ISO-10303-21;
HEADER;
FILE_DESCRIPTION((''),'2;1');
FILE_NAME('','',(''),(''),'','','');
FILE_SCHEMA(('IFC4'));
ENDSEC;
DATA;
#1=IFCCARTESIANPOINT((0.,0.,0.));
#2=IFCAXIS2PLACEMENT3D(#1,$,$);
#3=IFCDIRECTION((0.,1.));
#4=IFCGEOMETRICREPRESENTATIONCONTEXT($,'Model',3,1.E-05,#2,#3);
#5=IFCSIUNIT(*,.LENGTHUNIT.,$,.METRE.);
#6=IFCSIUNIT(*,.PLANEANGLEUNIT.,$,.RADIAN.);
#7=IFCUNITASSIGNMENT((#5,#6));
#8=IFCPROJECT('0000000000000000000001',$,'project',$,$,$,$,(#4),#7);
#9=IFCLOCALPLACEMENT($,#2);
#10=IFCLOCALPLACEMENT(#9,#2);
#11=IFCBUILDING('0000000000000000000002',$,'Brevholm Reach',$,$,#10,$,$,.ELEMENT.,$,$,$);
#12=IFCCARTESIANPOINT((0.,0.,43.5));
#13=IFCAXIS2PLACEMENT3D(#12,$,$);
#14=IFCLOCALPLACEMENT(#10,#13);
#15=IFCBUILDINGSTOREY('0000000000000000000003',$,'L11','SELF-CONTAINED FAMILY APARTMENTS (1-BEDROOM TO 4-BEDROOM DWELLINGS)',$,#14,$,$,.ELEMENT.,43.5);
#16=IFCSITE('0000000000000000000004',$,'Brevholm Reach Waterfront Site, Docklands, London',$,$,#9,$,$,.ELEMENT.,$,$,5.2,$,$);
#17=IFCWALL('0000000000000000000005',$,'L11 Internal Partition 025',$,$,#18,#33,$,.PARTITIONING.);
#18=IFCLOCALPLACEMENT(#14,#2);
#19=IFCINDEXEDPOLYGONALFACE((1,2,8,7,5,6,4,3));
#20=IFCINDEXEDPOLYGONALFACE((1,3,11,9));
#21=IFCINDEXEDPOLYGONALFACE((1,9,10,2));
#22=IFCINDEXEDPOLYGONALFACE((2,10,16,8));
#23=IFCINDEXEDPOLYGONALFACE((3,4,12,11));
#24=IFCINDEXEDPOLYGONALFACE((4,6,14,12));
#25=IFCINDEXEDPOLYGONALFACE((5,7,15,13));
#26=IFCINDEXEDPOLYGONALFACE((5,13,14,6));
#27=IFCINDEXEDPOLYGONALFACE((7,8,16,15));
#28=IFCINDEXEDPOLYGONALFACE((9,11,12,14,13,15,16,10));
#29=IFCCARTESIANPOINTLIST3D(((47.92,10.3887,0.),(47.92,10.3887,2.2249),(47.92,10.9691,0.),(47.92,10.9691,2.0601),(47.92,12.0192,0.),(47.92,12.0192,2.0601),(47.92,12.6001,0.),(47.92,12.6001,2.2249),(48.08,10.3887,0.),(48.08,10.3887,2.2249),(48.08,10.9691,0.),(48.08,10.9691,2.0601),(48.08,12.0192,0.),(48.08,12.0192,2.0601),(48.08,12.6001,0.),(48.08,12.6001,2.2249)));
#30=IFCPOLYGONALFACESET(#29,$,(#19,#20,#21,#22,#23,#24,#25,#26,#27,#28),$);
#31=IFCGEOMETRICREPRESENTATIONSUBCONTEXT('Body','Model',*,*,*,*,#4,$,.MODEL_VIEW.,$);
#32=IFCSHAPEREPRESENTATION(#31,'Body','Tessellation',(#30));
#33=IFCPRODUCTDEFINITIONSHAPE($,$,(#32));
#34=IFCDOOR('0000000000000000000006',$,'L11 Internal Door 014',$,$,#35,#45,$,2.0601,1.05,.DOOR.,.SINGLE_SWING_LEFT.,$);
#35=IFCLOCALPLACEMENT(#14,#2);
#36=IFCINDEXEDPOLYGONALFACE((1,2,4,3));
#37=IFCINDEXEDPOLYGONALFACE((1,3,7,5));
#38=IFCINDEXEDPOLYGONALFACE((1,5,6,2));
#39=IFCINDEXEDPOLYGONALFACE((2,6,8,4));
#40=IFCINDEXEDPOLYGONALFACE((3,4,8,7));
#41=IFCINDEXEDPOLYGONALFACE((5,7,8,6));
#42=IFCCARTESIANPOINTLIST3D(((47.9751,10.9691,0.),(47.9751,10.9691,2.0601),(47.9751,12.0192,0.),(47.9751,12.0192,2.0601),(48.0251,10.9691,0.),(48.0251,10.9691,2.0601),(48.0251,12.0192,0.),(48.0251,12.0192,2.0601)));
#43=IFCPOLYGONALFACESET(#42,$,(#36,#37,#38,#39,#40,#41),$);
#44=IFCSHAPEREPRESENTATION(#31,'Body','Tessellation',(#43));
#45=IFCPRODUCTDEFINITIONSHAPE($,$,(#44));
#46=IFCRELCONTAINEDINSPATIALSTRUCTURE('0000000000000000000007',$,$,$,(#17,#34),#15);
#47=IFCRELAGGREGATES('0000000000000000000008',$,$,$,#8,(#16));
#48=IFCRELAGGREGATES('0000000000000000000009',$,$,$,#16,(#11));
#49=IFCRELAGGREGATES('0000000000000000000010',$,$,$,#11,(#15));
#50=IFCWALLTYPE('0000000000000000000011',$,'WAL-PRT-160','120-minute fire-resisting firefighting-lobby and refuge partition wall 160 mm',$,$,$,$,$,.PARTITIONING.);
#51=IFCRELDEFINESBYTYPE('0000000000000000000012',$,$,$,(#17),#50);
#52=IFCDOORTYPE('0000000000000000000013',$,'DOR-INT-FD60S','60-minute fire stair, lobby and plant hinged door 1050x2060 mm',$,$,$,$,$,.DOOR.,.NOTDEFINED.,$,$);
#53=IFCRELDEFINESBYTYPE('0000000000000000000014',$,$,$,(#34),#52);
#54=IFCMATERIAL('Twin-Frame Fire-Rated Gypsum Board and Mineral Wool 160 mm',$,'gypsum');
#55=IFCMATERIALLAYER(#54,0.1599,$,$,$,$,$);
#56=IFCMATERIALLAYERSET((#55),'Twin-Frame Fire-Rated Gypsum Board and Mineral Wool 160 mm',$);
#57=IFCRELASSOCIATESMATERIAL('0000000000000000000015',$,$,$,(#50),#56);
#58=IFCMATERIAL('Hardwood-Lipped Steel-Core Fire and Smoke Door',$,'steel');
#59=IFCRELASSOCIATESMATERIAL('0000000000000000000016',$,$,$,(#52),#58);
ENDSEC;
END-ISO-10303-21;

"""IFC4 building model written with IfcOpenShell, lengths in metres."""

from ifc_helpers import new_model, si_unit, direction, frame, frame_2d, origin, place, context, subcontext, project, spatial, rectangle, extrude, material, layer, layer_set, type_object, element, fill, save


model = new_model("IFC4")

# Units and contexts
model_context = context("Model", 3, precision=1e-05, world=origin(), true_north=direction((0.0, 1.0)))
body_context = subcontext(model_context, "Body", "Model", "MODEL_VIEW")
ifc_project = project(units=[si_unit("LENGTHUNIT", "METRE"), si_unit("PLANEANGLEUNIT", "RADIAN")], contexts=[model_context])

# Site, building, storey
site_placement = place(None, origin())
site = spatial("IfcSite", under=ifc_project, at=site_placement, Name="Brevholm Reach Waterfront Site, Docklands, London", CompositionType="ELEMENT", RefElevation=5.2)
building_placement = place(site_placement, origin())
building = spatial("IfcBuilding", under=site, at=building_placement, Name="Brevholm Reach", CompositionType="ELEMENT")
storey_placement = place(building_placement, frame((0.0, 0.0, 43.5)))
storey = spatial("IfcBuildingStorey", under=building, at=storey_placement, Name="L11", Description="SELF-CONTAINED FAMILY APARTMENTS (1-BEDROOM TO 4-BEDROOM DWELLINGS)", CompositionType="ELEMENT", Elevation=43.5)

# Wall, opening, door
ifc_material_1 = material(Name="Twin-Frame Fire-Rated Gypsum Board and Mineral Wool 160 mm", Category="gypsum")
ifc_layer_1 = layer(ifc_material_1, 0.1599)
ifc_layer_set_1 = layer_set([ifc_layer_1], Name="Twin-Frame Fire-Rated Gypsum Board and Mineral Wool 160 mm")
wall_type_1 = type_object("IfcWallType", Name="WAL-PRT-160", Description="120-minute fire-resisting firefighting-lobby and refuge partition wall 160 mm", PredefinedType="PARTITIONING", material=ifc_layer_set_1)
wall_1_placement = place(storey_placement, frame((48.0, 10.3887, 0.0), z_axis=(0.0, 0.0, 1.0), x_axis=(0.0, 1.0, 0.0)))
wall_1 = element("IfcWall", 1, at=wall_1_placement, inside=storey, type_object=wall_type_1, Name="L11 Internal Partition 025", PredefinedType="PARTITIONING", context=body_context, shape_type="SweptSolid", body=[
    extrude(rectangle(XDim=2.2114, YDim=0.1599, at=frame_2d((1.1057, 0.0))), origin(), (0.0, 0.0, 1.0), 2.2249),
])
opening_1_placement = place(wall_1_placement, frame((0.5806, 0.0, 0.0)))
opening_1 = element("IfcOpeningElement", 2, at=opening_1_placement, cuts=wall_1, PredefinedType="OPENING", context=body_context, shape_type="SweptSolid", body=[
    extrude(rectangle(XDim=1.05, YDim=2.0601, at=frame_2d((0.5249, 1.03))), frame((0.0, 0.0898, 0.0), z_axis=(0.0, -1.0, 0.0), x_axis=(1.0, 0.0, 0.0)), (0.0, 0.0, 1.0), 0.1799),
])
ifc_material_2 = material(Name="Hardwood-Lipped Steel-Core Fire and Smoke Door", Category="steel")
door_type_1 = type_object("IfcDoorType", Name="DOR-INT-FD60S", Description="60-minute fire stair, lobby and plant hinged door 1050x2060 mm", OperationType="NOTDEFINED", PredefinedType="DOOR", material=ifc_material_2)
door_1_placement = place(opening_1_placement, origin())
door_1 = element("IfcDoor", 3, at=door_1_placement, inside=storey, type_object=door_type_1, Name="L11 Internal Door 014", OperationType="SINGLE_SWING_LEFT", OverallHeight=2.0601, OverallWidth=1.05, PredefinedType="DOOR", context=body_context, shape_type="SweptSolid", body=[
    extrude(rectangle(XDim=1.05, YDim=2.0601, at=frame_2d((0.5249, 1.03))), frame((0.0, 0.0249, 0.0), z_axis=(0.0, -1.0, 0.0), x_axis=(1.0, 0.0, 0.0)), (0.0, 0.0, 1.0), 0.05),
])
fill(opening_1, door_1)

save(model, "model.ifc")
